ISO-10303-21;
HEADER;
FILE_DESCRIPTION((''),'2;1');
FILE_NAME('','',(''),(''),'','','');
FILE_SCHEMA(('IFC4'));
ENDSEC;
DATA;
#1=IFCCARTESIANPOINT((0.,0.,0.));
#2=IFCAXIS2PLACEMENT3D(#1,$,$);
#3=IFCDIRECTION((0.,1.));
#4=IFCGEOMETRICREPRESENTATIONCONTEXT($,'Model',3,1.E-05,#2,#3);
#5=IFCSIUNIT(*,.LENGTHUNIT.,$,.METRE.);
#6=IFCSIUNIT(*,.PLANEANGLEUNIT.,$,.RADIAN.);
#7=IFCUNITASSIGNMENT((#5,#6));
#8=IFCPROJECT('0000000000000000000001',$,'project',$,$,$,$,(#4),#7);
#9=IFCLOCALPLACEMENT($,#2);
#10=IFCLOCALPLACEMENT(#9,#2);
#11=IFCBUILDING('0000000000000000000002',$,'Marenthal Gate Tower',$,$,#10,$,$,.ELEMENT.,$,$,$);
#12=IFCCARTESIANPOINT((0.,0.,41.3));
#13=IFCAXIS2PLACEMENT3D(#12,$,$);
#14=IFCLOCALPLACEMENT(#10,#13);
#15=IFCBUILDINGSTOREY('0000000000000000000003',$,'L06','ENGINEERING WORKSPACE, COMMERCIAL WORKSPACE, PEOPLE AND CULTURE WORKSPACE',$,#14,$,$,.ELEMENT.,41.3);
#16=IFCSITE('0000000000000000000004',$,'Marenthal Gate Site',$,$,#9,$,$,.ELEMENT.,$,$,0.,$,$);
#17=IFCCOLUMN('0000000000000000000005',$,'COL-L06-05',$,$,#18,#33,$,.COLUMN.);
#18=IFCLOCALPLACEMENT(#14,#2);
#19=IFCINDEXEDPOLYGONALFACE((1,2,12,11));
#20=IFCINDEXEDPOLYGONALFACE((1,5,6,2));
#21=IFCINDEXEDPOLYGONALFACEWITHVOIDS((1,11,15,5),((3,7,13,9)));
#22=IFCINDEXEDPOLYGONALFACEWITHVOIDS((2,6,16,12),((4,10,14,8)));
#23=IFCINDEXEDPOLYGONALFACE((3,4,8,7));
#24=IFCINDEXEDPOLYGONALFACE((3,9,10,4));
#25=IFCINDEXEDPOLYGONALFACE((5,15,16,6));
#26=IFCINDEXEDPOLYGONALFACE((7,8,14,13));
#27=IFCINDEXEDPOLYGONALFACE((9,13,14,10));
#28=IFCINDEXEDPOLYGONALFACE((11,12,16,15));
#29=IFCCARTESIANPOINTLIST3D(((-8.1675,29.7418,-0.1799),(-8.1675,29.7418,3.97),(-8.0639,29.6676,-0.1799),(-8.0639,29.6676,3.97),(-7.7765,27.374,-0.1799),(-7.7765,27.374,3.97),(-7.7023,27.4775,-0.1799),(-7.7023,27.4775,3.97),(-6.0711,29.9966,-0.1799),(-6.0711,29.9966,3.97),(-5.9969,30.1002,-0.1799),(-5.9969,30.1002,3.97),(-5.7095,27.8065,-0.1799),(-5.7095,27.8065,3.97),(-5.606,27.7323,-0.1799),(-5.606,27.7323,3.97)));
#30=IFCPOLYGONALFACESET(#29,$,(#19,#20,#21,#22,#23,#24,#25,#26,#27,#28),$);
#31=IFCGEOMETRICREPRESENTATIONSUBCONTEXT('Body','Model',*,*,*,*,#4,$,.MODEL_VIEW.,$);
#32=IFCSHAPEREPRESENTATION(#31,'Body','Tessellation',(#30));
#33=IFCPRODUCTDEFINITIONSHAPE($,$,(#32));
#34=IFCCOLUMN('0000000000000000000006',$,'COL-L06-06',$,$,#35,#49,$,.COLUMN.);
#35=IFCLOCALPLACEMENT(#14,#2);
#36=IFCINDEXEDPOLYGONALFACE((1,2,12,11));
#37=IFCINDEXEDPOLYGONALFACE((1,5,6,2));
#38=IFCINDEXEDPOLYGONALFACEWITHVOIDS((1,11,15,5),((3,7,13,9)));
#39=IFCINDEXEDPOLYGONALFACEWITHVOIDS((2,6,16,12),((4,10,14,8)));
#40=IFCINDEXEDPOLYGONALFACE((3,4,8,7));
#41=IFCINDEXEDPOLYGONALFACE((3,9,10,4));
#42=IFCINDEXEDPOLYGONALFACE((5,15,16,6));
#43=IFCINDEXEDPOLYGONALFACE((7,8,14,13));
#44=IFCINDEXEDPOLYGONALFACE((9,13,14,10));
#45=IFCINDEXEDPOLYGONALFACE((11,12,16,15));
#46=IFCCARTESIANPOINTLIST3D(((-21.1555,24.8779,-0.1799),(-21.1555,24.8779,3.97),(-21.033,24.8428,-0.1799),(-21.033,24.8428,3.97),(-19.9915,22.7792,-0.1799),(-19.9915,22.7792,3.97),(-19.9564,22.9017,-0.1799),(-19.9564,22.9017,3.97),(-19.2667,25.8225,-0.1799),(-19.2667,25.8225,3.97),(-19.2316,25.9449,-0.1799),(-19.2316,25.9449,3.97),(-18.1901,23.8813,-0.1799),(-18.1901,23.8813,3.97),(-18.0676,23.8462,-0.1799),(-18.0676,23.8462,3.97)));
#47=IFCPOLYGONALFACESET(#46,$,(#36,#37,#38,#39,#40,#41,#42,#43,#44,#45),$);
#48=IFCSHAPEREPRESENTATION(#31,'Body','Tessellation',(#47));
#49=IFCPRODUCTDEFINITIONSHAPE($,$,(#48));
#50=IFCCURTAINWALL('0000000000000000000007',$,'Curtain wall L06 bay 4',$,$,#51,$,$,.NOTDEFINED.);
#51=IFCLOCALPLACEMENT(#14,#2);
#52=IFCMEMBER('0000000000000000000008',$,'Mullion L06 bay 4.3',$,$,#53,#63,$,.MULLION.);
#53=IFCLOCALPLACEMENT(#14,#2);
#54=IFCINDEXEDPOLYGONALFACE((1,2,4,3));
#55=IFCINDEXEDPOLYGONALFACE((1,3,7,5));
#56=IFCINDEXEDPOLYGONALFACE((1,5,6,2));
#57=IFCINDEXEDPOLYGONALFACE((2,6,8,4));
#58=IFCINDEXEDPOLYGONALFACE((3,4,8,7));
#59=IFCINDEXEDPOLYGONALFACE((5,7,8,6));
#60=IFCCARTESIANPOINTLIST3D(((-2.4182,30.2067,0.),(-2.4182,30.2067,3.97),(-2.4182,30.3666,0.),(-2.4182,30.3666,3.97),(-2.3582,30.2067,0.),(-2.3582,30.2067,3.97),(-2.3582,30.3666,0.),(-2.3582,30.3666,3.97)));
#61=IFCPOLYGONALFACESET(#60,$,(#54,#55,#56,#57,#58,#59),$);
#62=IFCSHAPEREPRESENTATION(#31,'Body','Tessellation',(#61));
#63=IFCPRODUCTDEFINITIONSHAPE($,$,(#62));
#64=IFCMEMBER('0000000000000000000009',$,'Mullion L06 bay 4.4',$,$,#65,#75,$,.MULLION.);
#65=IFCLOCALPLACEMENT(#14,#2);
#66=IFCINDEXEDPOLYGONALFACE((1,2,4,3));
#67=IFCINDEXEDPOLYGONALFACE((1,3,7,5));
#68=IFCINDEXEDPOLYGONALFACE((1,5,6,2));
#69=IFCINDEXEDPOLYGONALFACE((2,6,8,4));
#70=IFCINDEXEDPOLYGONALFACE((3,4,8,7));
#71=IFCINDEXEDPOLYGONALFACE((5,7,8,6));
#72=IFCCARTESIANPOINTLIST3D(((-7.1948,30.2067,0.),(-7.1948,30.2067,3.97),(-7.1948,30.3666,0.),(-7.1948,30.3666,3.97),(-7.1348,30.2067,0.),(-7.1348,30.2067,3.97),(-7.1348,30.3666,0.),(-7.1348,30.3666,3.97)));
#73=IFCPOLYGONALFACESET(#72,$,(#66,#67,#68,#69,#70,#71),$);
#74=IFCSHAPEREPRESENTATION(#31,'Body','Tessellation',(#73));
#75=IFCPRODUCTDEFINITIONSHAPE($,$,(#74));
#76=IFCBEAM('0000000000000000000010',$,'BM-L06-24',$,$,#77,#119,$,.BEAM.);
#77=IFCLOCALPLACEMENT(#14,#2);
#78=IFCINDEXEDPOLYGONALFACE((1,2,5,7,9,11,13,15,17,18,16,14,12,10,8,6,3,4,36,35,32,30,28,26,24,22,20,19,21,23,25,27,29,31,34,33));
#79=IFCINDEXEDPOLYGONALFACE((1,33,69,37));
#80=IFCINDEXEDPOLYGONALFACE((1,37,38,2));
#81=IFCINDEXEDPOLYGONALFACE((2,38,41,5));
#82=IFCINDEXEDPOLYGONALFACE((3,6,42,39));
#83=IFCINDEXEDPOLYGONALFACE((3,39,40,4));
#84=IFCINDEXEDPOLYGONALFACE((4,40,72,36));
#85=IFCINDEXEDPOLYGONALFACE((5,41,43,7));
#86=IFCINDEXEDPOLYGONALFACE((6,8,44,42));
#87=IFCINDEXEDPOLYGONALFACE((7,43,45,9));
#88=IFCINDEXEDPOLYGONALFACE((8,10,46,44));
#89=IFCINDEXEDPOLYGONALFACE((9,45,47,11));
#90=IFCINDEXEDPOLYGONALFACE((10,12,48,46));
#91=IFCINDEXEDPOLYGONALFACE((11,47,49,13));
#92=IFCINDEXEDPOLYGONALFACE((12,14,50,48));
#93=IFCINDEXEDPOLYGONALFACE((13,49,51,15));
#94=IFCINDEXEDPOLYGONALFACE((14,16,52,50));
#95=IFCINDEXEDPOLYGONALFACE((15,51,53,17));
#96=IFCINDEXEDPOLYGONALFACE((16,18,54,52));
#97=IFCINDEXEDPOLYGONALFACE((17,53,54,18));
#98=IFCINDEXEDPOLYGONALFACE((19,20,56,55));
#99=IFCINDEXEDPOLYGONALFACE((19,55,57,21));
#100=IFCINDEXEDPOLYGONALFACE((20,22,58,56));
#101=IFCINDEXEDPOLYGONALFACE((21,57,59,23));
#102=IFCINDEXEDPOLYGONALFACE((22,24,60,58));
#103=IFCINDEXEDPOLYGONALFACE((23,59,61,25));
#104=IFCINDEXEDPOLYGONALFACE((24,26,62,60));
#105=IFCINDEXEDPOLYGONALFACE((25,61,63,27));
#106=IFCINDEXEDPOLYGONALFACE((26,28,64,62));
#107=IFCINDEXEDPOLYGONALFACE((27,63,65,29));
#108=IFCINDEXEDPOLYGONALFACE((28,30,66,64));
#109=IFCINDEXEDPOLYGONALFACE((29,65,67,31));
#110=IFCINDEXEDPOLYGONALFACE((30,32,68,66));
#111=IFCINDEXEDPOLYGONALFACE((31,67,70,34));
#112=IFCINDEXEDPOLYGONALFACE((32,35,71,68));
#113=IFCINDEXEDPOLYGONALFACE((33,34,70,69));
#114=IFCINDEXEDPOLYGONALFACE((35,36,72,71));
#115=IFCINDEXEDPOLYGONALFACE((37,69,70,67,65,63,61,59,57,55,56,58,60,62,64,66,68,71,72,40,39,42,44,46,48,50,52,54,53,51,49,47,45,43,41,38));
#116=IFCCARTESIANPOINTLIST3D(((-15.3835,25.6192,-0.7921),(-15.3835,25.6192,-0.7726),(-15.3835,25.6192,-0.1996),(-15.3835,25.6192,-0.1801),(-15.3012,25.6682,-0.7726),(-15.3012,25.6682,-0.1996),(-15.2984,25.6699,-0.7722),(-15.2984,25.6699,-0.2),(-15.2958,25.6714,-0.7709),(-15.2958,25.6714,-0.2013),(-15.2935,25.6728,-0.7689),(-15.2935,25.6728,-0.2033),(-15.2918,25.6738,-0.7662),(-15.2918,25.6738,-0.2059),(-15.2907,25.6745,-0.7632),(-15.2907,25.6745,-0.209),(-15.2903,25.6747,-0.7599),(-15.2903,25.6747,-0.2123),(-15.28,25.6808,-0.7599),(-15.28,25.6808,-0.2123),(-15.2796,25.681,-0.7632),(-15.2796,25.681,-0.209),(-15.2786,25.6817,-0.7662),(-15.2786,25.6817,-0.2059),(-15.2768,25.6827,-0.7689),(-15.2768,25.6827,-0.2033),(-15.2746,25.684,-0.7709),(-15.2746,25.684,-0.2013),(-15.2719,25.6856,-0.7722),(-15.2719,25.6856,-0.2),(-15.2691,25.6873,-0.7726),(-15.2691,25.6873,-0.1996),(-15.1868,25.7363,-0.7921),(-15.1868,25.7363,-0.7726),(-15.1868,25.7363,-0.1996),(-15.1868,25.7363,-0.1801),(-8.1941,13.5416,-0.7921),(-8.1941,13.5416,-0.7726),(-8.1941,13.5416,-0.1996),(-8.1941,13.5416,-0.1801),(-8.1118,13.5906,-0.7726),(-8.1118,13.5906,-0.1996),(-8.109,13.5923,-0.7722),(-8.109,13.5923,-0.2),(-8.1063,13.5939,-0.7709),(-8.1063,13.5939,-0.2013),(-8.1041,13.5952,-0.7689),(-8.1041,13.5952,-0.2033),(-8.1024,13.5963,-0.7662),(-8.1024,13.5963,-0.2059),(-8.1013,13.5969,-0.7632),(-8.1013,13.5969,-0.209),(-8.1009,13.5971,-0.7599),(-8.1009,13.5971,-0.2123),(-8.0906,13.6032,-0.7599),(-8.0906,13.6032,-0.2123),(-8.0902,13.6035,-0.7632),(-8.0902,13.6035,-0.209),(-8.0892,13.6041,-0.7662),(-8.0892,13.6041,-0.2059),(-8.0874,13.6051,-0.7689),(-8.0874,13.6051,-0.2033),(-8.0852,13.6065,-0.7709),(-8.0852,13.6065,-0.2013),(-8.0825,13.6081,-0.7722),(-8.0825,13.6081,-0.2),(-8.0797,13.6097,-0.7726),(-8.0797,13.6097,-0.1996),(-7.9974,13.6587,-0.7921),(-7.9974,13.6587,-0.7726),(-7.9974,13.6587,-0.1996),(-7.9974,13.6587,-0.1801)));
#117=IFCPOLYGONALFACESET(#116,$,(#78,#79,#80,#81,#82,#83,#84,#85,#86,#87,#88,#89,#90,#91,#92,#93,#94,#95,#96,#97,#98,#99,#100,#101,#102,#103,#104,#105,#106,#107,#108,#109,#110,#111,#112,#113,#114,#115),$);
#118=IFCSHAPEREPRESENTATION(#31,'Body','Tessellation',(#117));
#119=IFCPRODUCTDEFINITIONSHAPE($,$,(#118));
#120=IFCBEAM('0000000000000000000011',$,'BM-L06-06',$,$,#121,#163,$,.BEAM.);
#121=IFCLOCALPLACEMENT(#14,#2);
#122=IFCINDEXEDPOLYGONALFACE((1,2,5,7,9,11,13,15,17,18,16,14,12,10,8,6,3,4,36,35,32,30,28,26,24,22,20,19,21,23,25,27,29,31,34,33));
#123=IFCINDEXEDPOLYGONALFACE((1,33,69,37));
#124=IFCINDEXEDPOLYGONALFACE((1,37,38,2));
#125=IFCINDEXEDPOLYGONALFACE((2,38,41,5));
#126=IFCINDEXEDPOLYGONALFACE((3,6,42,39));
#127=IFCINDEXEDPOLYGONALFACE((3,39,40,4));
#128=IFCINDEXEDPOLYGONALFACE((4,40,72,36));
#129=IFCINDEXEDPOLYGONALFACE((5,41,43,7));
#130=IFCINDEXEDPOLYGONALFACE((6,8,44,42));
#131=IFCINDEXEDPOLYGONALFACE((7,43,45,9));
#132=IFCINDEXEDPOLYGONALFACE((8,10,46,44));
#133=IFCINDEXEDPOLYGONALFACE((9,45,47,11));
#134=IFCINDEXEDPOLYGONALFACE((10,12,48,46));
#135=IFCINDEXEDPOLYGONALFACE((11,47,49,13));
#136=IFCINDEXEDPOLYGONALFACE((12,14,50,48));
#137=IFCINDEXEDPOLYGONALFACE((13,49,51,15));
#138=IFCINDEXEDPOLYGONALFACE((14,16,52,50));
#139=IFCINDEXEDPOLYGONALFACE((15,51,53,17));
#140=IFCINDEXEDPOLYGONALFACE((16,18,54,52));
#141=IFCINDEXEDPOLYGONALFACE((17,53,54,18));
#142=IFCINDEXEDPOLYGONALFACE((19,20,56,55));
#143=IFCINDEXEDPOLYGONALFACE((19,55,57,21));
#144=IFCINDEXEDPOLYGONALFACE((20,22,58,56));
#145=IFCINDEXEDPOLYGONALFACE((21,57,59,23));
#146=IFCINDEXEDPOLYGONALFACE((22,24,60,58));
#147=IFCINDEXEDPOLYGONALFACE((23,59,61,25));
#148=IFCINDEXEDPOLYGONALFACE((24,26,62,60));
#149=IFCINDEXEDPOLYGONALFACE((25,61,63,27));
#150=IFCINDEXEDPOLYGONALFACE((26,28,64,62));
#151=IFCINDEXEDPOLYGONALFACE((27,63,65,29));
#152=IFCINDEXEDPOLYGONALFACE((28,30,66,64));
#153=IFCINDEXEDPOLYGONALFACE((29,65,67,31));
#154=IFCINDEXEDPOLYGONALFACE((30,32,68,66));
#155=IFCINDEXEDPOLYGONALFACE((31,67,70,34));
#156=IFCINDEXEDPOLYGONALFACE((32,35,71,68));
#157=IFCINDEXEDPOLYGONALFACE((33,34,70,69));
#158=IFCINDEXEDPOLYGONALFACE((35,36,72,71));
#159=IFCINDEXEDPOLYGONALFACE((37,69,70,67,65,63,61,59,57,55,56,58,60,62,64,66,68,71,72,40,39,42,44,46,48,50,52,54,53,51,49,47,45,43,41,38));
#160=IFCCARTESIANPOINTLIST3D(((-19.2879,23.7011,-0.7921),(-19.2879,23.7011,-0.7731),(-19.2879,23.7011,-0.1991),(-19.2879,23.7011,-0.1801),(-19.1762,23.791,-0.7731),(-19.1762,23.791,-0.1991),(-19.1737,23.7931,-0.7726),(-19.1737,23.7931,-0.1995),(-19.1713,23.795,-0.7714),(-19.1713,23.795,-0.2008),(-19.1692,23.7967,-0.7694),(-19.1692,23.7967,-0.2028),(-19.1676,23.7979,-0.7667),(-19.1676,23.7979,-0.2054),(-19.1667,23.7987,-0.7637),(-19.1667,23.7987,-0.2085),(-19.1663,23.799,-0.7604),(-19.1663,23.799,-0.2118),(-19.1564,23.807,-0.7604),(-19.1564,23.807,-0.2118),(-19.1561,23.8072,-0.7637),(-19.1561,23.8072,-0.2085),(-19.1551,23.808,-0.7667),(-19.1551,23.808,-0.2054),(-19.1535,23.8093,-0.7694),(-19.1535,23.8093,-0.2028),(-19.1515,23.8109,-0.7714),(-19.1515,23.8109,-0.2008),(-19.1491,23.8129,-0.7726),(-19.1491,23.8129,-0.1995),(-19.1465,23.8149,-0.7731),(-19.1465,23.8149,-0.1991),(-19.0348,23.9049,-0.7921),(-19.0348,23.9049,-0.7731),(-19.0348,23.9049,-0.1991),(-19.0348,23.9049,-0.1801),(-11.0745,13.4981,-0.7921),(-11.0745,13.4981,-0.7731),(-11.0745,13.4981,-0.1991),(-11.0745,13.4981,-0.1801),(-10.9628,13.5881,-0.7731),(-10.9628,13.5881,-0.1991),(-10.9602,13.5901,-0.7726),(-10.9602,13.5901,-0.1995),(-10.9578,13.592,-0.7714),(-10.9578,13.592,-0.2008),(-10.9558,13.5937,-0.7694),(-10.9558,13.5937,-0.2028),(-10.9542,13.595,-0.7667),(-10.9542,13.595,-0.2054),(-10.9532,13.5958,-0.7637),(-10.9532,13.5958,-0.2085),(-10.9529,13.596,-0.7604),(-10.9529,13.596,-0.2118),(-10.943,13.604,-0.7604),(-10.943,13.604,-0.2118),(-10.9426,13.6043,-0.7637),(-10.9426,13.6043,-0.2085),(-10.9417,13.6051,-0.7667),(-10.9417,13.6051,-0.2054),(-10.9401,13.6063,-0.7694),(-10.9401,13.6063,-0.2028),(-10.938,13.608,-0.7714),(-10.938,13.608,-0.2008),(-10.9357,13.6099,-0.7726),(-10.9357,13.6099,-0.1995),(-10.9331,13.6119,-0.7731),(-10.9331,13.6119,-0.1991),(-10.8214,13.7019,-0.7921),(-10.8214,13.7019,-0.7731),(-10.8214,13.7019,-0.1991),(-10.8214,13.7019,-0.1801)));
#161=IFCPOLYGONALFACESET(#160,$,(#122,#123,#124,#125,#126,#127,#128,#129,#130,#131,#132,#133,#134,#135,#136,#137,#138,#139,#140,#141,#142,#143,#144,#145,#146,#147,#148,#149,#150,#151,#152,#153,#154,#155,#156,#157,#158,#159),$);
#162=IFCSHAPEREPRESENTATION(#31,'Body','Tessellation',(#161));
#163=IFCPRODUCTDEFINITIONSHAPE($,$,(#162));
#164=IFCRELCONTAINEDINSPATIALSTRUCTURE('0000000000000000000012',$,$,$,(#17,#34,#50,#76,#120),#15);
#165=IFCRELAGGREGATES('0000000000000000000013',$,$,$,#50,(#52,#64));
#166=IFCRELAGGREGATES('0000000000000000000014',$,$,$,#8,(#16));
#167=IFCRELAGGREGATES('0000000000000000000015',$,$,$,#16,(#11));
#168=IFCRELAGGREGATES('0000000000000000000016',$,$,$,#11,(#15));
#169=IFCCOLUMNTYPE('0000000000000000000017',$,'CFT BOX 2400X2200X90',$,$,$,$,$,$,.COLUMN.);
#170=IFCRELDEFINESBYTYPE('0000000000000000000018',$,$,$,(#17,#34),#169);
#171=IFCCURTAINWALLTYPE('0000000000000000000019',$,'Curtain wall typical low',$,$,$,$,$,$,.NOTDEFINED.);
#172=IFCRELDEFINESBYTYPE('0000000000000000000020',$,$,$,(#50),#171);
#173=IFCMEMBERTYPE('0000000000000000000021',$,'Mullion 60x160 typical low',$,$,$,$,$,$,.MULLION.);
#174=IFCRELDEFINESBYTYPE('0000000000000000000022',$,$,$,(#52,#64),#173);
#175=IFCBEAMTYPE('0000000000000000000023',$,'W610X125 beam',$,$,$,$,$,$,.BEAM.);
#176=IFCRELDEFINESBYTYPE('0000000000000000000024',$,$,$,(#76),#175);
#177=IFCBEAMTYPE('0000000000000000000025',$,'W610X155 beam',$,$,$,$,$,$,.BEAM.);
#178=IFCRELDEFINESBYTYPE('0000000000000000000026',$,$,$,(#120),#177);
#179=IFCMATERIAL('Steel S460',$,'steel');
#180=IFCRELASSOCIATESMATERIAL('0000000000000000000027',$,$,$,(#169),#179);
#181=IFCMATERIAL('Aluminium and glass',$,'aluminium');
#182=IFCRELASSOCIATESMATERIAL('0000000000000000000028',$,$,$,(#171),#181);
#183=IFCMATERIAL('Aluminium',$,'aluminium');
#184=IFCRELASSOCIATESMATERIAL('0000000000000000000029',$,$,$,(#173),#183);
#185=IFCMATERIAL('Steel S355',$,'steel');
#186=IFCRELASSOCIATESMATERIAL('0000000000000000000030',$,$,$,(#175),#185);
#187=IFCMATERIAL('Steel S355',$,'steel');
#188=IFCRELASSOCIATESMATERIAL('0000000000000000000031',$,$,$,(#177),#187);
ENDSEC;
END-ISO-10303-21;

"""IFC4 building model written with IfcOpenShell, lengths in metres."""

from ifc_helpers import new_model, si_unit, direction, frame, origin, origin_2d, place, context, subcontext, project, spatial, rectangle, hollow_rectangle, i_section, extrude, material, material_profile, profile_set, type_object, element, aggregate, save


model = new_model("IFC4")

# Units and contexts
model_context = context("Model", 3, precision=1e-05, world=origin(), true_north=direction((0.0, 1.0)))
body_context = subcontext(model_context, "Body", "Model", "MODEL_VIEW")
ifc_project = project(units=[si_unit("LENGTHUNIT", "METRE"), si_unit("PLANEANGLEUNIT", "RADIAN")], contexts=[model_context])

# Site, building, storey
site_placement = place(None, origin())
site = spatial("IfcSite", under=ifc_project, at=site_placement, Name="Marenthal Gate Site", CompositionType="ELEMENT", RefElevation=0.0)
building_placement = place(site_placement, origin())
building = spatial("IfcBuilding", under=site, at=building_placement, Name="Marenthal Gate Tower", CompositionType="ELEMENT")
storey_placement = place(building_placement, frame((0.0, 0.0, 41.3)))
storey = spatial("IfcBuildingStorey", under=building, at=storey_placement, Name="L06", Description="ENGINEERING WORKSPACE, COMMERCIAL WORKSPACE, PEOPLE AND CULTURE WORKSPACE", CompositionType="ELEMENT", Elevation=41.3)

# Columns
ifc_material_1 = material(Name="Steel S460", Category="steel")
ifc_material_profile_1 = material_profile(ifc_material_1, hollow_rectangle(XDim=2.2, YDim=2.3999, WallThickness=0.0901, at=origin_2d()), Name="CFT BOX 2400X2200X90")
ifc_material_2 = material(Name="Concrete 70 MPa", Category="concrete")
ifc_material_profile_2 = material_profile(ifc_material_2, rectangle(XDim=2.02, YDim=2.22, at=origin_2d()), Name="CFT BOX 2400X2200X90 INFILL")
ifc_profile_set_1 = profile_set([ifc_material_profile_1, ifc_material_profile_2], Name="Steel S460 shell, Concrete 70 MPa infill")
column_type = type_object("IfcColumnType", Name="CFT BOX 2400X2200X90", PredefinedType="COLUMN", material=ifc_profile_set_1)
for number, where, z_axis, x_axis, name in (
    (1, (-6.8867, 28.7371, -0.1799), (0.0, 0.0, 1.0), (0.986643, 0.162897, 0.0), "COL-L06-05"),
    (2, (-19.6116, 24.3621, -0.1799), (0.0, 0.0, 1.0), (0.874509, 0.48501, 0.0), "COL-L06-06"),
):
    element("IfcColumn", number, at=place(storey_placement, frame(where, z_axis=z_axis, x_axis=x_axis)), inside=storey, type_object=column_type, Name=name, PredefinedType="COLUMN", context=body_context, shape_type="SweptSolid", body=[
        extrude(hollow_rectangle(XDim=2.2, YDim=2.3999, WallThickness=0.0901, at=origin_2d()), origin(), (0.0, 0.0, 1.0), 4.1499),
    ])

# Curtain wall, members
ifc_material_3 = material(Name="Aluminium and glass", Category="aluminium")
curtain_wall_type = type_object("IfcCurtainWallType", Name="Curtain wall typical low", PredefinedType="NOTDEFINED", material=ifc_material_3)
curtain_wall_placement = place(storey_placement, origin())
curtain_wall = element("IfcCurtainWall", 3, at=curtain_wall_placement, inside=storey, type_object=curtain_wall_type, Name="Curtain wall L06 bay 4", PredefinedType="NOTDEFINED")
ifc_material_4 = material(Name="Aluminium", Category="aluminium")
ifc_material_profile_3 = material_profile(ifc_material_4, rectangle(XDim=0.1599, YDim=0.0601, at=origin_2d()), Name="60x160 aluminium mullion")
ifc_profile_set_2 = profile_set([ifc_material_profile_3], Name="Aluminium")
member_type = type_object("IfcMemberType", Name="Mullion 60x160 typical low", PredefinedType="MULLION", material=ifc_profile_set_2)
member_1_placement = place(storey_placement, frame((-2.3882, 30.2866, 0.0), z_axis=(0.0, 0.0, 1.0), x_axis=(0.0, -1.0, 0.0)))
member_1 = element("IfcMember", 4, at=member_1_placement, type_object=member_type, Name="Mullion L06 bay 4.3", PredefinedType="MULLION", context=body_context, shape_type="SweptSolid", body=[
    extrude(rectangle(XDim=0.1599, YDim=0.0601, at=origin_2d()), origin(), (0.0, 0.0, 1.0), 3.97),
])
member_2_placement = place(storey_placement, frame((-7.1648, 30.2866, 0.0), z_axis=(0.0, 0.0, 1.0), x_axis=(0.0, -1.0, 0.0)))
member_2 = element("IfcMember", 5, at=member_2_placement, type_object=member_type, Name="Mullion L06 bay 4.4", PredefinedType="MULLION", context=body_context, shape_type="SweptSolid", body=[
    extrude(rectangle(XDim=0.1599, YDim=0.0601, at=origin_2d()), origin(), (0.0, 0.0, 1.0), 3.97),
])

# Beams
ifc_material_5 = material(Name="Steel S355", Category="steel")
ifc_material_profile_4 = material_profile(ifc_material_5, i_section(OverallWidth=0.229, OverallDepth=0.6121, WebThickness=0.012, FlangeThickness=0.0195, FilletRadius=0.0127, at=origin_2d()), Name="W610X125")
ifc_profile_set_3 = profile_set([ifc_material_profile_4], Name="Steel S355")
beam_type_1 = type_object("IfcBeamType", Name="W610X125 beam", PredefinedType="BEAM", material=ifc_profile_set_3)
beam_1_placement = place(storey_placement, frame((-15.2852, 25.6777, -0.4861), z_axis=(0.511504, -0.859281, 0.0), x_axis=(0.859281, 0.511504, 0.0)))
element("IfcBeam", 6, at=beam_1_placement, inside=storey, type_object=beam_type_1, Name="BM-L06-24", PredefinedType="BEAM", context=body_context, shape_type="SweptSolid", body=[
    extrude(i_section(OverallWidth=0.229, OverallDepth=0.6121, WebThickness=0.012, FlangeThickness=0.0195, FilletRadius=0.0127, at=origin_2d()), origin(), (0.0, 0.0, 1.0), 14.0554),
])
ifc_material_6 = material(Name="Steel S355", Category="steel")
ifc_material_profile_5 = material_profile(ifc_material_6, i_section(OverallWidth=0.325, OverallDepth=0.6121, WebThickness=0.0127, FlangeThickness=0.019, FilletRadius=0.0127, at=origin_2d()), Name="W610X155")
ifc_profile_set_4 = profile_set([ifc_material_profile_5], Name="Steel S355")
beam_type_2 = type_object("IfcBeamType", Name="W610X155 beam", PredefinedType="BEAM", material=ifc_profile_set_4)
beam_2_placement = place(storey_placement, frame((-19.1614, 23.803, -0.4861), z_axis=(0.62707, -0.778963, 0.0), x_axis=(0.778963, 0.62707, 0.0)))
element("IfcBeam", 7, at=beam_2_placement, inside=storey, type_object=beam_type_2, Name="BM-L06-06", PredefinedType="BEAM", context=body_context, shape_type="SweptSolid", body=[
    extrude(i_section(OverallWidth=0.325, OverallDepth=0.6121, WebThickness=0.0127, FlangeThickness=0.019, FilletRadius=0.0127, at=origin_2d()), origin(), (0.0, 0.0, 1.0), 13.0981),
])

aggregate(curtain_wall, [member_1, member_2])

save(model, "model.ifc")
